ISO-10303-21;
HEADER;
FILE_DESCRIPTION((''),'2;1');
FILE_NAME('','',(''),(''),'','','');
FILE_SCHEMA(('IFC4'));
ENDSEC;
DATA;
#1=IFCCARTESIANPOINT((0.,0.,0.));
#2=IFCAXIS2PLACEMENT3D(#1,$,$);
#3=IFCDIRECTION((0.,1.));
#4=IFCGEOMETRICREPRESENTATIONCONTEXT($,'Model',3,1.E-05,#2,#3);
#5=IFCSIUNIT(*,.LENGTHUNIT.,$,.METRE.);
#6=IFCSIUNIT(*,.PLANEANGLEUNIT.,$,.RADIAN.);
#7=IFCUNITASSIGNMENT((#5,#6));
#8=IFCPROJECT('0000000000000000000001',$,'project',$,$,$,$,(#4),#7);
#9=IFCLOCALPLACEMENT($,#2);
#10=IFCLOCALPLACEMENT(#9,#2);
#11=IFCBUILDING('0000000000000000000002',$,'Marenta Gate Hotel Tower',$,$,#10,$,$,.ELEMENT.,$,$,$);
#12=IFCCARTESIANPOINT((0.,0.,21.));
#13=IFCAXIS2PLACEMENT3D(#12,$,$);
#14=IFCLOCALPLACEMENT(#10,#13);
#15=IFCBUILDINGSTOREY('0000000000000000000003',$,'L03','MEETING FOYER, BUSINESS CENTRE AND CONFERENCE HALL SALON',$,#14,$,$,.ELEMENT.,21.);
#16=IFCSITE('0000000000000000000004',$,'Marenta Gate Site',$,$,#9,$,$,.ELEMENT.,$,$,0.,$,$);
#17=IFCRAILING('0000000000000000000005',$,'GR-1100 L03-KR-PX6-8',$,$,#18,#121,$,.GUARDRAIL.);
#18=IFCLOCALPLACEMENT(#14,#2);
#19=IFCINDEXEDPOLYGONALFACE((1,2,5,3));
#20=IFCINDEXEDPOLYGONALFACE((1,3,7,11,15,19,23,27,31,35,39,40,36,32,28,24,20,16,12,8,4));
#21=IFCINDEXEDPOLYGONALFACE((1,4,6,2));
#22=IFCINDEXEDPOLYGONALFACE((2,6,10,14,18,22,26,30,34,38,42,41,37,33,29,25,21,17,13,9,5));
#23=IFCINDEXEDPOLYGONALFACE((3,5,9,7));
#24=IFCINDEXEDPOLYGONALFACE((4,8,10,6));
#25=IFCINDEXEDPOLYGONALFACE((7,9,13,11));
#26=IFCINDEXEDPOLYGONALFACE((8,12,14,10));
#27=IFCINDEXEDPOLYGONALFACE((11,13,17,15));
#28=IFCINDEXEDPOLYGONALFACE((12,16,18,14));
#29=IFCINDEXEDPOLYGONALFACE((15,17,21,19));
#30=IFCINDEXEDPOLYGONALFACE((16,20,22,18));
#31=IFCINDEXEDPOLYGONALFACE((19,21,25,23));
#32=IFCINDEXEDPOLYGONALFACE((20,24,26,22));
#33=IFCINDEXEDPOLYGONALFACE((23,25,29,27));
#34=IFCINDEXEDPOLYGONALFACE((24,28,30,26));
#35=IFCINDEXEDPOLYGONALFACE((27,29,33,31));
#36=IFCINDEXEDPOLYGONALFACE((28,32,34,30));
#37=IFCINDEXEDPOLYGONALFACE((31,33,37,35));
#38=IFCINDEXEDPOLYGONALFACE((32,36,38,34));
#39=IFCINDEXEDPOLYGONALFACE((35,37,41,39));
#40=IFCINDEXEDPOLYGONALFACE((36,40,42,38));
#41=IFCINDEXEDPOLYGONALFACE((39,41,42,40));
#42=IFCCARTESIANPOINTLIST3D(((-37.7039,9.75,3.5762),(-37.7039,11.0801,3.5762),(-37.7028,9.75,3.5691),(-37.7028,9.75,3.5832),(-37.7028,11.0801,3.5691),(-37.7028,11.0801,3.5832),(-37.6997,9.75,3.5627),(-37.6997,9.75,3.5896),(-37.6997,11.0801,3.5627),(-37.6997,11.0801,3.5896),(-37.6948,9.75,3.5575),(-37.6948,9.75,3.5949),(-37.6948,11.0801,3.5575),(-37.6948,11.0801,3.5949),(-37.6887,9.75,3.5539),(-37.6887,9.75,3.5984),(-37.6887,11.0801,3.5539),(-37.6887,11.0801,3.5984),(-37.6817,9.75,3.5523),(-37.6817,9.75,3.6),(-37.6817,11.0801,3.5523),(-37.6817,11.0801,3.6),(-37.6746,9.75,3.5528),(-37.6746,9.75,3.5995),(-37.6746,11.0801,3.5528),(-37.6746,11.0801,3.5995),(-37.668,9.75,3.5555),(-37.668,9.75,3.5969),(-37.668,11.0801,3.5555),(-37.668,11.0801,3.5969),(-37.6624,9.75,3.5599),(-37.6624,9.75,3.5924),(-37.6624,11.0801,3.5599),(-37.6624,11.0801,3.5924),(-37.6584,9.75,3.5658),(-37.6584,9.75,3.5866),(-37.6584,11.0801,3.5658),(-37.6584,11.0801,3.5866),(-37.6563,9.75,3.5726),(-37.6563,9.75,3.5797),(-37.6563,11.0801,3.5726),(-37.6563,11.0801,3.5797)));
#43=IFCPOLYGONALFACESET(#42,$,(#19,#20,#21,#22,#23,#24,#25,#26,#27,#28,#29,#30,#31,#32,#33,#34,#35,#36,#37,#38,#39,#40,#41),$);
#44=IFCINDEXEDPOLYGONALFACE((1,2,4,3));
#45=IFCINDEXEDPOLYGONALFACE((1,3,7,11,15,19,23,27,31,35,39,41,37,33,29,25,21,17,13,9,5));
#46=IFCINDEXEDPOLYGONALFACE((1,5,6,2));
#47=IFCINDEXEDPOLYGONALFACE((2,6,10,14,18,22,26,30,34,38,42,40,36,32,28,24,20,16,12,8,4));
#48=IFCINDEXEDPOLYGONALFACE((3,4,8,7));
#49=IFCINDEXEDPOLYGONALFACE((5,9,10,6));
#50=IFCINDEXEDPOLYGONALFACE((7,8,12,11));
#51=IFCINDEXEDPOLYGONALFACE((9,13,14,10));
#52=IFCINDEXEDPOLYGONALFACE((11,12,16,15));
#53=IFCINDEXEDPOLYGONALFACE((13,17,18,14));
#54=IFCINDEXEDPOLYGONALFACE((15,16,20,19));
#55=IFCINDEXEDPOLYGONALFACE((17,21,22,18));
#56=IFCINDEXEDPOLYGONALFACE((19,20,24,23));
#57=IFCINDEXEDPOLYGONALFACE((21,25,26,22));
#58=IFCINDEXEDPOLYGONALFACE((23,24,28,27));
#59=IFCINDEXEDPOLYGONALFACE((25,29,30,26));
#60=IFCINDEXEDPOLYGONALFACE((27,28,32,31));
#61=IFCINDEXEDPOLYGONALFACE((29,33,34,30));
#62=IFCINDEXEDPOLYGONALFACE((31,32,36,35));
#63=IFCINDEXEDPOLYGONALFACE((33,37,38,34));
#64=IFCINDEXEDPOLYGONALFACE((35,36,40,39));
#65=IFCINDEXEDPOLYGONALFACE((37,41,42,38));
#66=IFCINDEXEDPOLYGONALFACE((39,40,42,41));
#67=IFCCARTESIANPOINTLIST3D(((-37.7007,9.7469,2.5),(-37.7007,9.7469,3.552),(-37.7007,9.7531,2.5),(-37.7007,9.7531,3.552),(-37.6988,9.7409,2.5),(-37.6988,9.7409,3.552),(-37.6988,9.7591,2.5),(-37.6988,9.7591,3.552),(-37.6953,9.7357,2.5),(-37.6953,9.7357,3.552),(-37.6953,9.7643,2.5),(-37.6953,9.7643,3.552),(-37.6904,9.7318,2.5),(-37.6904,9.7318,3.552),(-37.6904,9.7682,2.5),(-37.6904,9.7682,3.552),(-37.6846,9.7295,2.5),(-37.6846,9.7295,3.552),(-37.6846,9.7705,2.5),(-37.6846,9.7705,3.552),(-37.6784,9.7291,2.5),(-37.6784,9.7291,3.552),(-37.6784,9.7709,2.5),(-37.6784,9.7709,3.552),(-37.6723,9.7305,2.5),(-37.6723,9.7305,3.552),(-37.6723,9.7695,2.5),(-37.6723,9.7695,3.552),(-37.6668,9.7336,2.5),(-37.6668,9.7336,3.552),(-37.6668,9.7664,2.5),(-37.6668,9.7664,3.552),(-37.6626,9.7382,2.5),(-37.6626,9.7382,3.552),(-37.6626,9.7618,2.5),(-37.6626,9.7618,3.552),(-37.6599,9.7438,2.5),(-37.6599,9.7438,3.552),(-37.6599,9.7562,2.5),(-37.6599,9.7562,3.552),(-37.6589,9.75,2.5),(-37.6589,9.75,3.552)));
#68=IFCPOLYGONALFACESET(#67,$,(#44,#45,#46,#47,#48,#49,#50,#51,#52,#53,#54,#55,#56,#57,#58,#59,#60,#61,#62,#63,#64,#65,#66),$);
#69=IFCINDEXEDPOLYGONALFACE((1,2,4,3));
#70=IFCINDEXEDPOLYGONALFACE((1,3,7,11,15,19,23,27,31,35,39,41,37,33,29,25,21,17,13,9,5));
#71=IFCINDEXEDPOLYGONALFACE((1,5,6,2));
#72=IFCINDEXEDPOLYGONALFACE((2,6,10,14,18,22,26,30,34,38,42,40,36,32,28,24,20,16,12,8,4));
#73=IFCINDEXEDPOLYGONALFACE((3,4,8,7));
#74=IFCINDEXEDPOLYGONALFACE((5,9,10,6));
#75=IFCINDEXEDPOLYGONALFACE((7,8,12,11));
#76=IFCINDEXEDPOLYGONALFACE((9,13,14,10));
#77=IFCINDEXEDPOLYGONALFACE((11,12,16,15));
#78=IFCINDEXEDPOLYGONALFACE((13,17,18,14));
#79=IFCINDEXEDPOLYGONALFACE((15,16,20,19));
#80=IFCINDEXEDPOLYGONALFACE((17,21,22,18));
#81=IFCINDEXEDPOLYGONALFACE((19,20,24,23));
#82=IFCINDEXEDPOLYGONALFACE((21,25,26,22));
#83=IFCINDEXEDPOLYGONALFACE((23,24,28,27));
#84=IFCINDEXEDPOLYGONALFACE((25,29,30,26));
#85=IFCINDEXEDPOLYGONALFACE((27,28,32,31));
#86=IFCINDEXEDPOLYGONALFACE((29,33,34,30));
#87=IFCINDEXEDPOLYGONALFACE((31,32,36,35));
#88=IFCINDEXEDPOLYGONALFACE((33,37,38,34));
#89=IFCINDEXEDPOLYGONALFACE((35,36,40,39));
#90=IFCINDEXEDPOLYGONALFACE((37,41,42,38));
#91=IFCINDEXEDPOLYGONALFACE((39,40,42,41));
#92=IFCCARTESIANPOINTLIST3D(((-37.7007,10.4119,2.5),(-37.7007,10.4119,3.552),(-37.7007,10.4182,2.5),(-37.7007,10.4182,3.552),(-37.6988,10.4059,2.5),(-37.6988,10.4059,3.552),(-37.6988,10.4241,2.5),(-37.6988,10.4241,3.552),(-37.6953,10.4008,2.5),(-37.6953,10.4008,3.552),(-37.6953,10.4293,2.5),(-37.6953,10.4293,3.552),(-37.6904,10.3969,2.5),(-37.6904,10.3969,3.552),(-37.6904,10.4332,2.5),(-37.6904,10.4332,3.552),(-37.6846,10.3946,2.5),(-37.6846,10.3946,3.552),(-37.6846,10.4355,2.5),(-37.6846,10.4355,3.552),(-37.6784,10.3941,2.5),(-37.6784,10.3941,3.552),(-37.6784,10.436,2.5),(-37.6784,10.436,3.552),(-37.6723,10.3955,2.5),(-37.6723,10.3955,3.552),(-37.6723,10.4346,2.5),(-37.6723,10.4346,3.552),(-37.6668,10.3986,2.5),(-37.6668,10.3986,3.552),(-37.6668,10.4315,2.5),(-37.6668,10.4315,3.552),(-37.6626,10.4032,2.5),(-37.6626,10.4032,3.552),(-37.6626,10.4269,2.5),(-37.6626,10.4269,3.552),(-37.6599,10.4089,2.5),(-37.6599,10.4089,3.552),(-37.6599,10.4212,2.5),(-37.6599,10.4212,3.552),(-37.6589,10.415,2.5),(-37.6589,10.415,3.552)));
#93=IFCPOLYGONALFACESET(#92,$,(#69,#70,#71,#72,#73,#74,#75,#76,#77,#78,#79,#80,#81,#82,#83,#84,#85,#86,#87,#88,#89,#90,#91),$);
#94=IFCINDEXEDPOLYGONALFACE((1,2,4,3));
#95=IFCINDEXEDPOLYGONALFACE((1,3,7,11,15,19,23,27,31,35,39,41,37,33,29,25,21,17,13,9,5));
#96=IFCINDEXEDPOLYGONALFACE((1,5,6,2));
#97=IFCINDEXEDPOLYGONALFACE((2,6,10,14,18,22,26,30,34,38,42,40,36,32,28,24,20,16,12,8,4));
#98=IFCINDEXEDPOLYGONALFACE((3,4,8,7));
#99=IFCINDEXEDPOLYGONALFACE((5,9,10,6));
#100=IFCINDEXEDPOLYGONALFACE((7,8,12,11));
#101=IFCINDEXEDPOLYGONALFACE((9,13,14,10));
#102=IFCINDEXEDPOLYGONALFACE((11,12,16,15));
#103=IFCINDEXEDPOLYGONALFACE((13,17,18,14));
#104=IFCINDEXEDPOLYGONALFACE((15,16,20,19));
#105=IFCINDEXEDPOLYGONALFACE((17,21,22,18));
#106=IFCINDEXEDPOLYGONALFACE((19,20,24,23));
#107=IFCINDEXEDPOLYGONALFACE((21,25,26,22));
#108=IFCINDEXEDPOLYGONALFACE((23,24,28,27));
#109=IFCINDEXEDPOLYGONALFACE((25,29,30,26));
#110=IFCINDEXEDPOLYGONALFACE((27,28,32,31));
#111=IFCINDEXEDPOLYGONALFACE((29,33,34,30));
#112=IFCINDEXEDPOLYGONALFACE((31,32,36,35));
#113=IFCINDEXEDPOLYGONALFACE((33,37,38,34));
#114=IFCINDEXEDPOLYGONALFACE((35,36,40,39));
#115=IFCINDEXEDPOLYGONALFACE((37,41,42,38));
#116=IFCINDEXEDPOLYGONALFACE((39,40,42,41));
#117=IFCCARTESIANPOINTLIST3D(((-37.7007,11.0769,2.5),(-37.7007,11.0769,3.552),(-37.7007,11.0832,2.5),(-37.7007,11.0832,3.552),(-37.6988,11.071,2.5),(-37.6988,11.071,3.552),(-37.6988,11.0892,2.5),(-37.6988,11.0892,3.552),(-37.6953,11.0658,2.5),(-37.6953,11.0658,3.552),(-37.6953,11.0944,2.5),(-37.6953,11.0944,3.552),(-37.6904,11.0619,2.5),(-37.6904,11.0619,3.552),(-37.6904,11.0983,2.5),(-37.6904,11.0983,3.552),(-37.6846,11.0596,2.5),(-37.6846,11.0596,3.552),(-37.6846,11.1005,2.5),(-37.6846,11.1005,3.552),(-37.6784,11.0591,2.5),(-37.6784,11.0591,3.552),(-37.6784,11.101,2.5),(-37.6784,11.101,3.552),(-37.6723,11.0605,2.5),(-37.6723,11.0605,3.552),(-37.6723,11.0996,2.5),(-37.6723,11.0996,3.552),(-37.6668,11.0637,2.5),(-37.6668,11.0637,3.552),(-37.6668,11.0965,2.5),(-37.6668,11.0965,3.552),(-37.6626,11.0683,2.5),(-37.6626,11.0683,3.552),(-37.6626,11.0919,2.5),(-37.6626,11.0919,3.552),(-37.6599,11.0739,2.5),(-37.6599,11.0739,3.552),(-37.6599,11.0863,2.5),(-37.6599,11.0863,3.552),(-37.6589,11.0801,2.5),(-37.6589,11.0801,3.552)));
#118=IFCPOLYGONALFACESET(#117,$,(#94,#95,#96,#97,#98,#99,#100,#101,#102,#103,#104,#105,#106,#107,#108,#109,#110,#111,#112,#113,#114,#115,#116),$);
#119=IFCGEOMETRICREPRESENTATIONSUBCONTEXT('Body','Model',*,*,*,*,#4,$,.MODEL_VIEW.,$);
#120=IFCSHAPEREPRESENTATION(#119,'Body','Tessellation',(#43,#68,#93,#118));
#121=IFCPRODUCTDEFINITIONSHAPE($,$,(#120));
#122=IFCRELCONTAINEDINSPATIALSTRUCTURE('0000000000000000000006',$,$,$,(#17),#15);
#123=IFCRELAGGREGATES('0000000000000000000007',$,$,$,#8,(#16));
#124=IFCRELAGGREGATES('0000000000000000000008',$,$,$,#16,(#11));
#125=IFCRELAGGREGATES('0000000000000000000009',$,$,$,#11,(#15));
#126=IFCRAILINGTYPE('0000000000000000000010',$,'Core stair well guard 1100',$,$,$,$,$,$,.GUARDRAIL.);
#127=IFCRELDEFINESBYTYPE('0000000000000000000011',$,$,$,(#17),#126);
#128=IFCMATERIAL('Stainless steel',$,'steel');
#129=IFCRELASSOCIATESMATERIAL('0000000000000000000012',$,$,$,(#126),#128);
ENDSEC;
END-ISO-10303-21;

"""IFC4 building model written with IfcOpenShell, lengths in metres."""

from ifc_helpers import new_model, si_unit, direction, frame, origin, origin_2d, place, context, subcontext, project, spatial, circle, extrude, material, type_object, element, save


model = new_model("IFC4")

# Units and contexts
model_context = context("Model", 3, precision=1e-05, world=origin(), true_north=direction((0.0, 1.0)))
body_context = subcontext(model_context, "Body", "Model", "MODEL_VIEW")
ifc_project = project(units=[si_unit("LENGTHUNIT", "METRE"), si_unit("PLANEANGLEUNIT", "RADIAN")], contexts=[model_context])

# Site, building, storey
site_placement = place(None, origin())
site = spatial("IfcSite", under=ifc_project, at=site_placement, Name="Marenta Gate Site", CompositionType="ELEMENT", RefElevation=0.0)
building_placement = place(site_placement, origin())
building = spatial("IfcBuilding", under=site, at=building_placement, Name="Marenta Gate Hotel Tower", CompositionType="ELEMENT")
storey_placement = place(building_placement, frame((0.0, 0.0, 21.0)))
storey = spatial("IfcBuildingStorey", under=building, at=storey_placement, Name="L03", Description="MEETING FOYER, BUSINESS CENTRE AND CONFERENCE HALL SALON", CompositionType="ELEMENT", Elevation=21.0)

# Railing
ifc_material_1 = material(Name="Stainless steel", Category="steel")
railing_type_1 = type_object("IfcRailingType", Name="Core stair well guard 1100", PredefinedType="GUARDRAIL", material=ifc_material_1)
railing_1_placement = place(storey_placement, frame((-37.6799, 9.75, 2.5)))
element("IfcRailing", 1, at=railing_1_placement, inside=storey, type_object=railing_type_1, Name="GR-1100 L03-KR-PX6-8", PredefinedType="GUARDRAIL", context=body_context, shape_type="SweptSolid", body=[
    extrude(circle(Radius=0.0239, at=origin_2d()), frame((0.0, 0.0, 1.0762), z_axis=(0.0, 1.0, 0.0), x_axis=(-1.0, 0.0, 0.0)), (0.0, 0.0, 1.0), 1.3301),
    extrude(circle(Radius=0.021, at=origin_2d()), origin(), (0.0, 0.0, 1.0), 1.052),
    extrude(circle(Radius=0.021, at=origin_2d()), frame((0.0, 0.665, 0.0)), (0.0, 0.0, 1.0), 1.052),
    extrude(circle(Radius=0.021, at=origin_2d()), frame((0.0, 1.3301, 0.0)), (0.0, 0.0, 1.0), 1.052),
])

save(model, "model.ifc")
